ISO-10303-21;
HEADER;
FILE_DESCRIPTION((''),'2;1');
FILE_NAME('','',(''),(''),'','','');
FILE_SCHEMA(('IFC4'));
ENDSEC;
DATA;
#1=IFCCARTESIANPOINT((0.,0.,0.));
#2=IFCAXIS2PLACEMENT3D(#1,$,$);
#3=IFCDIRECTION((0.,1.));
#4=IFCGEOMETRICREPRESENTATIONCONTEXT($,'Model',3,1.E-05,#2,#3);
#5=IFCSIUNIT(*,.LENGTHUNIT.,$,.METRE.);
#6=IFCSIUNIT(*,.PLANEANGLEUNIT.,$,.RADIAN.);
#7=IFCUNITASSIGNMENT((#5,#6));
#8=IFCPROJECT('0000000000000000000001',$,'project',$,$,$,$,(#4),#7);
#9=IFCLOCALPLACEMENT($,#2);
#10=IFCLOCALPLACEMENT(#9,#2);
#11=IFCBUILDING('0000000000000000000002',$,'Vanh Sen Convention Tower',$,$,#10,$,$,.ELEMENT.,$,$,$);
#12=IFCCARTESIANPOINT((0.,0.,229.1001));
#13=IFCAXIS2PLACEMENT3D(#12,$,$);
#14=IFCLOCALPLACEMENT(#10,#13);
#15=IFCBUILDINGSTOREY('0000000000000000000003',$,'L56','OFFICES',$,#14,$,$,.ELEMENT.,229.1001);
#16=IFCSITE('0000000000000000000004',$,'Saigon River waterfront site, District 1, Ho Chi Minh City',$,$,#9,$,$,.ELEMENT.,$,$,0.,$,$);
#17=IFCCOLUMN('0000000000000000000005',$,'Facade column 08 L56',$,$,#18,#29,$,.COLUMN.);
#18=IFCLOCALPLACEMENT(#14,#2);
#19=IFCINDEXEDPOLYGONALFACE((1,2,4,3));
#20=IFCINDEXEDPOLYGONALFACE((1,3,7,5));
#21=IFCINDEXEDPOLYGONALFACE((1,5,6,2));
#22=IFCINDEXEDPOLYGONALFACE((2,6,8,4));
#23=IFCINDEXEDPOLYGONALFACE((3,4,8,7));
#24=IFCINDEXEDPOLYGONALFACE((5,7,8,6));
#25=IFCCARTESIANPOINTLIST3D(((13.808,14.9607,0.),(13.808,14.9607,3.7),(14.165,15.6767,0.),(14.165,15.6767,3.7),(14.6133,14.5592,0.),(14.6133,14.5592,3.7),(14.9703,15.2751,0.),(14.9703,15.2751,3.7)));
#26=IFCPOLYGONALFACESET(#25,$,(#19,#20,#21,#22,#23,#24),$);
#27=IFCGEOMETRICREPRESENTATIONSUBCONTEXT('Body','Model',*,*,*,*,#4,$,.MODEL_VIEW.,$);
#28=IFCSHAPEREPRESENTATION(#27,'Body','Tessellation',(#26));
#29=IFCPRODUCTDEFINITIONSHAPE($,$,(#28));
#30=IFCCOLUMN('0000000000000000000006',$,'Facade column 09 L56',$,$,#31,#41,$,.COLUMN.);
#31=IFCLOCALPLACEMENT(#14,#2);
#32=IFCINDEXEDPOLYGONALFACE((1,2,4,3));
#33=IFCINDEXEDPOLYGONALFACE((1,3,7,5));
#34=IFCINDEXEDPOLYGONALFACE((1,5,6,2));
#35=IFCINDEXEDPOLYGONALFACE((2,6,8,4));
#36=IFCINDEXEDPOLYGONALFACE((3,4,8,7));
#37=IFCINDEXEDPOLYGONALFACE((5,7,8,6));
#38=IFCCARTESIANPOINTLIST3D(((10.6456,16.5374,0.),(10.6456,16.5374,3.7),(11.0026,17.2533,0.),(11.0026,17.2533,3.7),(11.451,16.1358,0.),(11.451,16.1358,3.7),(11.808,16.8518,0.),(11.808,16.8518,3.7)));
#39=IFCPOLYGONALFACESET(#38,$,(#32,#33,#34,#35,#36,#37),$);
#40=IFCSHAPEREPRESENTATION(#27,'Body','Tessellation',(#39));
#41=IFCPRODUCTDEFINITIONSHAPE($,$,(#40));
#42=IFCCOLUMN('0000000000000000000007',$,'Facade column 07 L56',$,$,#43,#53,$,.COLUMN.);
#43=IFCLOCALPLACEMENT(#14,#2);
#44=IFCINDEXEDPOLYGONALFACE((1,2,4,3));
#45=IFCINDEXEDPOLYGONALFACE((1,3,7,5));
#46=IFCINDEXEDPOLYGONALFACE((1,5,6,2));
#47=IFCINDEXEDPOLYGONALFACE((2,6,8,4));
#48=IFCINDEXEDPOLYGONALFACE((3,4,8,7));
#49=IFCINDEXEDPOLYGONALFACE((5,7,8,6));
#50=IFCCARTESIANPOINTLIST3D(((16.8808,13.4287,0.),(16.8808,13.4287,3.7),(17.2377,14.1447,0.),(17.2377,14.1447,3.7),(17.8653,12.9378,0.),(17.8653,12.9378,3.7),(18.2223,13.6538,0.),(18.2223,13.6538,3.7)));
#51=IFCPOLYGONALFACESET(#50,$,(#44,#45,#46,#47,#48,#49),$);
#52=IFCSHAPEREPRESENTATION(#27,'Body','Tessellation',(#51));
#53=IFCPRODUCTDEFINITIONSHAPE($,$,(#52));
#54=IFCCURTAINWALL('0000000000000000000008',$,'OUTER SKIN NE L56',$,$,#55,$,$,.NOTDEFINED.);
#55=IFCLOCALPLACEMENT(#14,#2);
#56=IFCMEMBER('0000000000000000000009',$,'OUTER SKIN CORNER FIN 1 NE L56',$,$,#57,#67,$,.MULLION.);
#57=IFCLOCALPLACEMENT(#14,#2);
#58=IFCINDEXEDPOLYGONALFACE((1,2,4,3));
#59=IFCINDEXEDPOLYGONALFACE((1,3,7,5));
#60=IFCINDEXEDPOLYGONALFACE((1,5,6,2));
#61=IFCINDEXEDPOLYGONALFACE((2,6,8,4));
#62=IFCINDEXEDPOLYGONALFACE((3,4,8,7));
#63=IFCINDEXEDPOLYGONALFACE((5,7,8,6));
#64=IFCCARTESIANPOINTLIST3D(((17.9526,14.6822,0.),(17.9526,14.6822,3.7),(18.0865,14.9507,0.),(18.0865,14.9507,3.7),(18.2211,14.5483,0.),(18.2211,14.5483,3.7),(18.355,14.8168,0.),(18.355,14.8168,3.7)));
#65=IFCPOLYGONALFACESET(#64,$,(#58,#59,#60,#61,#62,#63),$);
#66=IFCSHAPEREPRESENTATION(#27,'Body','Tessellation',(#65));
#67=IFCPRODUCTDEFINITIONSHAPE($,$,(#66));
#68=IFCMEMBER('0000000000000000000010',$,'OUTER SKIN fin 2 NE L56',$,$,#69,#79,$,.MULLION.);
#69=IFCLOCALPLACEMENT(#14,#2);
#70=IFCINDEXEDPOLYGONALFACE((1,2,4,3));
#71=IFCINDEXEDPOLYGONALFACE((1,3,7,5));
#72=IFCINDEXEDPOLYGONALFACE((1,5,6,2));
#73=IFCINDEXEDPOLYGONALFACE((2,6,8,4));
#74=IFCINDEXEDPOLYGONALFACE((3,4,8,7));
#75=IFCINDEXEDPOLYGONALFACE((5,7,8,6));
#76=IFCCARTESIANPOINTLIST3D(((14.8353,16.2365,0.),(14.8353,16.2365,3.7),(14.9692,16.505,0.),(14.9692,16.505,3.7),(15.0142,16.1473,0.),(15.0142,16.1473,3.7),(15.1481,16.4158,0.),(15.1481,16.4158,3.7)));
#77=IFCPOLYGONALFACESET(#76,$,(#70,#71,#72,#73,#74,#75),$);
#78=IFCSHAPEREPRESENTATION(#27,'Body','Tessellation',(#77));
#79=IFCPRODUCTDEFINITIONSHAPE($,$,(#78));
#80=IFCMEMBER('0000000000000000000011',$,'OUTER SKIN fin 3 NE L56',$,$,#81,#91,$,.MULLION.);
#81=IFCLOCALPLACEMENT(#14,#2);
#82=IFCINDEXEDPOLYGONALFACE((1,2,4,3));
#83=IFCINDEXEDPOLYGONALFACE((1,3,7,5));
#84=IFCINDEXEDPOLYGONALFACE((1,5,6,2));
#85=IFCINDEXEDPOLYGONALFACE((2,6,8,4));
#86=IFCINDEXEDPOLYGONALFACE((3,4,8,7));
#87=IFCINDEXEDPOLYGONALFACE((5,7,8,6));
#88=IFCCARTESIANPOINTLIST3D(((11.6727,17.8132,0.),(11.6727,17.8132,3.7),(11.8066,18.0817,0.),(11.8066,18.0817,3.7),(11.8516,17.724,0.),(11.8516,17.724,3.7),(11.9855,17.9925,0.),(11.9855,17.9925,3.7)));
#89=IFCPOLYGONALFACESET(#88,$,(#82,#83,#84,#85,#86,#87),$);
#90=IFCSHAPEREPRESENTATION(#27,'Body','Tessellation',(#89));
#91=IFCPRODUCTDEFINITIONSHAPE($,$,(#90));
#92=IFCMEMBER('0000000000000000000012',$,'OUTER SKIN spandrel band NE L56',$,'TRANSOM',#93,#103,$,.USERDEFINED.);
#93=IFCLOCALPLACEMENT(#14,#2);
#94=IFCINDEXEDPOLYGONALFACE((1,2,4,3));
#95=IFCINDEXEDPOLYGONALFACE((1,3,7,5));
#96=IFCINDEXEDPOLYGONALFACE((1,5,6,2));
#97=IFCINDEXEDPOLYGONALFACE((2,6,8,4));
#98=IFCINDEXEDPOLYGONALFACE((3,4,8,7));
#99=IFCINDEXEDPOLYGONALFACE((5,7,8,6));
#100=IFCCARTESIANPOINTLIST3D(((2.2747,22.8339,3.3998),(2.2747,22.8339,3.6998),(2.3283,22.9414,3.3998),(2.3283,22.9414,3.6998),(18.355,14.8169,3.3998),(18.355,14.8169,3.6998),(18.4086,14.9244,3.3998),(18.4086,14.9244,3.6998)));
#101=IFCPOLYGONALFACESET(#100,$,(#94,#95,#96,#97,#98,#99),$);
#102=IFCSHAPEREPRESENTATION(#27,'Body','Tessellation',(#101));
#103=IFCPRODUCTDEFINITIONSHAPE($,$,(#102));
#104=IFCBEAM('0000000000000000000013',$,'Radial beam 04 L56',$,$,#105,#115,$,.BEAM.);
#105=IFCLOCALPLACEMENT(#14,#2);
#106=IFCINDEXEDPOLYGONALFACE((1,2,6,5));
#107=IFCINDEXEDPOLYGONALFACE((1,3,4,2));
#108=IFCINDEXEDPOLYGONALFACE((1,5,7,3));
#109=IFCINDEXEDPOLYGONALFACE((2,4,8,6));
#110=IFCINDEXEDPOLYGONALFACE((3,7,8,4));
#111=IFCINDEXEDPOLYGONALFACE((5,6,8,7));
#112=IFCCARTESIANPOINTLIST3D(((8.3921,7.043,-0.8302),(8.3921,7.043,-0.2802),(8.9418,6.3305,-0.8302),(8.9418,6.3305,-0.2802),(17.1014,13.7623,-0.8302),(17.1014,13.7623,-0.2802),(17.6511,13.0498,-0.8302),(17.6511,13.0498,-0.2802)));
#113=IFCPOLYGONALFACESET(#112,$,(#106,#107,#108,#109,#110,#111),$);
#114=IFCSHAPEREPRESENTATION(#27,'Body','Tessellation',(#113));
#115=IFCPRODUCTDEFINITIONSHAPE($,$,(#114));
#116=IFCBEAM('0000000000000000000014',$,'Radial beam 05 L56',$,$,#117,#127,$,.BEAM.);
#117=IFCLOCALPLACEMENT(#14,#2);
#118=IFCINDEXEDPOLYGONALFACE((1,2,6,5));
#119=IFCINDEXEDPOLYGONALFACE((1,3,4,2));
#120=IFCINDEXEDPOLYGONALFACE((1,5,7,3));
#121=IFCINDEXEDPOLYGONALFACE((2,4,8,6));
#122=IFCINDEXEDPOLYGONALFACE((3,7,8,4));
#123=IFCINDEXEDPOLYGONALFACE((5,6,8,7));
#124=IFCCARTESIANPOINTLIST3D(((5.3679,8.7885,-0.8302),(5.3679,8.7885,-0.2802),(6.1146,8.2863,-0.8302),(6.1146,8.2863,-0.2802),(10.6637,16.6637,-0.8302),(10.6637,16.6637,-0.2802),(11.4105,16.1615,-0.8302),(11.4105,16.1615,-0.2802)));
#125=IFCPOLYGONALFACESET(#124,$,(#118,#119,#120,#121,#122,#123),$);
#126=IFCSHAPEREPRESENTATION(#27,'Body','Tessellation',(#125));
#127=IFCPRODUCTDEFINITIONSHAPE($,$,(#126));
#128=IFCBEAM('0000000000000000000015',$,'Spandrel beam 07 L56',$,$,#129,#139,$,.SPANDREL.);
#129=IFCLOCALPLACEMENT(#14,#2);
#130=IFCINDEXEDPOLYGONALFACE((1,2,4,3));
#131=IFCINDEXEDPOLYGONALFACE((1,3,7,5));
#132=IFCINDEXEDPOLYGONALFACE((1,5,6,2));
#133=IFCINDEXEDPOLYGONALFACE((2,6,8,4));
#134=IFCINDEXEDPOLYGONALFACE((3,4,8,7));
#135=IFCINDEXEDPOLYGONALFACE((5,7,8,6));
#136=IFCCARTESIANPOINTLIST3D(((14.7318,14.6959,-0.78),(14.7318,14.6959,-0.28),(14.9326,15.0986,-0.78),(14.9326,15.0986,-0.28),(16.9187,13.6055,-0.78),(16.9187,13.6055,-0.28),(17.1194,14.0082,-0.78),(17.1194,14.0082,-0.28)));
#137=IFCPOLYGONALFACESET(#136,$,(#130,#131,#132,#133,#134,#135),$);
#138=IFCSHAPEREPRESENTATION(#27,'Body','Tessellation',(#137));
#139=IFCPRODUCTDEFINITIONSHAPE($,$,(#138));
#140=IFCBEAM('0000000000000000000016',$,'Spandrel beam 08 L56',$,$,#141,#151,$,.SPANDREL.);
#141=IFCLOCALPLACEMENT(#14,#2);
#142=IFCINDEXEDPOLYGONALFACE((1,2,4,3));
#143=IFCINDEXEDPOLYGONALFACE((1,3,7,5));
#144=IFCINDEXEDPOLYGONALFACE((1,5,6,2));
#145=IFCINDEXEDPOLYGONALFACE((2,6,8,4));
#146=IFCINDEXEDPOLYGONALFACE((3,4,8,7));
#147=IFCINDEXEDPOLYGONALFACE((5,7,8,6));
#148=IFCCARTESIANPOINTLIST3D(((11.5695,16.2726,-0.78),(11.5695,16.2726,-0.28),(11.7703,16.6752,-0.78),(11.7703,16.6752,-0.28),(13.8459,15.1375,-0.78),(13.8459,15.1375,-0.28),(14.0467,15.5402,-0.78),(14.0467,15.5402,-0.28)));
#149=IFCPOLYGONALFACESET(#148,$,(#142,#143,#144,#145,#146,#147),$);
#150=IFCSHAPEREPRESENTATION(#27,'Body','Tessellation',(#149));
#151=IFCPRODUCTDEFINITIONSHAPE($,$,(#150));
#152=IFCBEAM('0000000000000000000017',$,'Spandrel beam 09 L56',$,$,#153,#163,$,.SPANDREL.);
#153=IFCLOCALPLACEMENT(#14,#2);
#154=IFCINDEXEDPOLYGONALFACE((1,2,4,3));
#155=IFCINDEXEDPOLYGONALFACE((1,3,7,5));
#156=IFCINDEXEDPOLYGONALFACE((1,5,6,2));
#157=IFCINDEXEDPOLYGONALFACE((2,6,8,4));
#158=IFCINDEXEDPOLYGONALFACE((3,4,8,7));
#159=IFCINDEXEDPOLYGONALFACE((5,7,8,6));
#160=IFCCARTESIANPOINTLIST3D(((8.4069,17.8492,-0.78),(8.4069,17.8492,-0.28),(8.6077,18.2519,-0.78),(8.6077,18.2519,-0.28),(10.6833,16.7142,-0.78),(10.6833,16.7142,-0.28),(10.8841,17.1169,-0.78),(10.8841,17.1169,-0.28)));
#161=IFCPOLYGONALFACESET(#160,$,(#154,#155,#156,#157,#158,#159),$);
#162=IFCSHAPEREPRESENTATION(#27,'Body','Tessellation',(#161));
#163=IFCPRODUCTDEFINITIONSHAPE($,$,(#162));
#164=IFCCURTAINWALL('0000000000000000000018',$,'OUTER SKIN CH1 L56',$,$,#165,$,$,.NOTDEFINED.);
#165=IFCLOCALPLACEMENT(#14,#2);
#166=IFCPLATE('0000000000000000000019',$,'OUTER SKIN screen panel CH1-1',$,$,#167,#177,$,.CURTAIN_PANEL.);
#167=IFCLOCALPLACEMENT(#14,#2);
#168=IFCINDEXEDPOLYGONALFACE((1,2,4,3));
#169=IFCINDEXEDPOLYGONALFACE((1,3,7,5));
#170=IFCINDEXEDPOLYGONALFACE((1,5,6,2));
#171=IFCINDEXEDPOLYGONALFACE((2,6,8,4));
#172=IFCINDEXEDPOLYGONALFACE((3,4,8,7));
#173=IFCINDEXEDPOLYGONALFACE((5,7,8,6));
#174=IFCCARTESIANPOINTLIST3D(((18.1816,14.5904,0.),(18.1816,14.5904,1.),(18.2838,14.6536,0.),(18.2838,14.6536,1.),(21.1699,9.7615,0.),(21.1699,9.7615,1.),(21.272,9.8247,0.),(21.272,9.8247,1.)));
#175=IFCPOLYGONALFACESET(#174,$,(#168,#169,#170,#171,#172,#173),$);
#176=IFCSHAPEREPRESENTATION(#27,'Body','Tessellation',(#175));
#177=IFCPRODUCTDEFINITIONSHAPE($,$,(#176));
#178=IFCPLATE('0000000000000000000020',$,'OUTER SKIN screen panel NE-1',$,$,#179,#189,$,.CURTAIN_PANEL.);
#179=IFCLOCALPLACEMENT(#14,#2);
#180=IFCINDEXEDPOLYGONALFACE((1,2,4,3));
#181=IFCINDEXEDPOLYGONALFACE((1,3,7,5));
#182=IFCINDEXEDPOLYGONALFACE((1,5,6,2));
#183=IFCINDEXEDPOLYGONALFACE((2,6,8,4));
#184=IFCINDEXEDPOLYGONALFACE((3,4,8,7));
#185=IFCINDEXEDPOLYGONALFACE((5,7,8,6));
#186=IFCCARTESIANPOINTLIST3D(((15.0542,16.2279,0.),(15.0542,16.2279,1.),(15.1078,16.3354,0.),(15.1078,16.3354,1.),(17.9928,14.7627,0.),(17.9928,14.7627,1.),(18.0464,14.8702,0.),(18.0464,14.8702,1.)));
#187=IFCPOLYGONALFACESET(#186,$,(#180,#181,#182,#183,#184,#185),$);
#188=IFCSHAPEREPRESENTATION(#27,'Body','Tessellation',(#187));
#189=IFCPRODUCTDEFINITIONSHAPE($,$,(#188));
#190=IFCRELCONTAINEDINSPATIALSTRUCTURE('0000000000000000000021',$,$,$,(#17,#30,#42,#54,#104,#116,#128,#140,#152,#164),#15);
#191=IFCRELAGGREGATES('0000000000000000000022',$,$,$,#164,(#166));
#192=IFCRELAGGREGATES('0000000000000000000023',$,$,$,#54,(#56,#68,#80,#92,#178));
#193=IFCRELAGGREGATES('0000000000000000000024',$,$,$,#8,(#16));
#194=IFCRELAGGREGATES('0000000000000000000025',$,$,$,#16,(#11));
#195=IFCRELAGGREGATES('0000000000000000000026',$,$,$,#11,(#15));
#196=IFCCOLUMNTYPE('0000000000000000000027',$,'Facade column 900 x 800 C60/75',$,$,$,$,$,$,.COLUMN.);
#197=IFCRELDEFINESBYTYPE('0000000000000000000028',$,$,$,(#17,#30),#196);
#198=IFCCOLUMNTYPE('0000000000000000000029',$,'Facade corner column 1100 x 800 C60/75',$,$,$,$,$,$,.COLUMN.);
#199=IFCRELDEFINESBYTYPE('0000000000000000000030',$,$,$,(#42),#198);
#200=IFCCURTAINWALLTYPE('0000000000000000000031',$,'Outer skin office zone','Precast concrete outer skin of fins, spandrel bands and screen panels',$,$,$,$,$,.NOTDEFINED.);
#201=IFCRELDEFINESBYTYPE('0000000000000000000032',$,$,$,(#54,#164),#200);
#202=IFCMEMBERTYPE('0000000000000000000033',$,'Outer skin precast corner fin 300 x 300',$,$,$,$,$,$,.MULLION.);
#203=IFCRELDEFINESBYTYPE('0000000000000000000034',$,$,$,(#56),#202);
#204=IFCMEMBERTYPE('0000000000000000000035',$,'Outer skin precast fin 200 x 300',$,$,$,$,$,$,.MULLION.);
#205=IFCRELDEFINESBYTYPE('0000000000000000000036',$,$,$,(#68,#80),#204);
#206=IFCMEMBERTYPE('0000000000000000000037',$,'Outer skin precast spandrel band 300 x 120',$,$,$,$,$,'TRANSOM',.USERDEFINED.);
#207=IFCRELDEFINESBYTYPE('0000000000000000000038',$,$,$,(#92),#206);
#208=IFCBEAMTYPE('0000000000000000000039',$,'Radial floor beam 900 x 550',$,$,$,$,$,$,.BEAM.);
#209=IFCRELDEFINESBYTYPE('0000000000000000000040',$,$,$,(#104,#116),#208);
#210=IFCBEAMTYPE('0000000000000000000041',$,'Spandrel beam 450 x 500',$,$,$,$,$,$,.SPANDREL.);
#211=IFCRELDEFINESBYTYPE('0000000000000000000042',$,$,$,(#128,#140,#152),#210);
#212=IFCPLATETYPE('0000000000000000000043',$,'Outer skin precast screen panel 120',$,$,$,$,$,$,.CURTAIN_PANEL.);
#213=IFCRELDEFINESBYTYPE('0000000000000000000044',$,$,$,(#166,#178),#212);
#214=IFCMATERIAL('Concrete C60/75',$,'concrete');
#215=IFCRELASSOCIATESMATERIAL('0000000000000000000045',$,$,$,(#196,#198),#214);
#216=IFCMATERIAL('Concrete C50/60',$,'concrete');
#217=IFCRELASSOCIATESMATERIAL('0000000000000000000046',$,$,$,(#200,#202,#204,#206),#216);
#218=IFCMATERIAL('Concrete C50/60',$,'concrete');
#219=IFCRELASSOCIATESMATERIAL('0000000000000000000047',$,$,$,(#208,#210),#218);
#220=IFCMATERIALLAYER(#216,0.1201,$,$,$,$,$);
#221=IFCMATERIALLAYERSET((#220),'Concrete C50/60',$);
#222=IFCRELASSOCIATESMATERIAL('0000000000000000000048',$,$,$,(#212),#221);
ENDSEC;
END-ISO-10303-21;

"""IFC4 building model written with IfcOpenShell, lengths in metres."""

from ifc_helpers import new_model, si_unit, direction, frame, origin, origin_2d, place, context, subcontext, project, spatial, rectangle, extrude, material, layer, layer_set, material_profile, profile_set, type_object, element, aggregate, save


model = new_model("IFC4")

# Units and contexts
model_context = context("Model", 3, precision=1e-05, world=origin(), true_north=direction((0.0, 1.0)))
body_context = subcontext(model_context, "Body", "Model", "MODEL_VIEW")
ifc_project = project(units=[si_unit("LENGTHUNIT", "METRE"), si_unit("PLANEANGLEUNIT", "RADIAN")], contexts=[model_context])

# Site, building, storey
site_placement = place(None, origin())
site = spatial("IfcSite", under=ifc_project, at=site_placement, Name="Saigon River waterfront site, District 1, Ho Chi Minh City", CompositionType="ELEMENT", RefElevation=0.0)
building_placement = place(site_placement, origin())
building = spatial("IfcBuilding", under=site, at=building_placement, Name="Vanh Sen Convention Tower", CompositionType="ELEMENT")
storey_placement = place(building_placement, frame((0.0, 0.0, 229.1001)))
storey = spatial("IfcBuildingStorey", under=building, at=storey_placement, Name="L56", Description="OFFICES", CompositionType="ELEMENT", Elevation=229.1001)

# Columns
ifc_material_1 = material(Name="Concrete C60/75", Category="concrete")
ifc_material_profile_1 = material_profile(ifc_material_1, rectangle(XDim=0.8999, YDim=0.8, at=origin_2d()), Name="RC 900X800")
ifc_profile_set_1 = profile_set([ifc_material_profile_1], Name="Concrete C60/75")
column_type_1 = type_object("IfcColumnType", Name="Facade column 900 x 800 C60/75", PredefinedType="COLUMN", material=ifc_profile_set_1)
for number, where, z_axis, x_axis, name in (
    (1, (14.3892, 15.1179, 0.0), (0.0, 0.0, 1.0), (-0.894934, 0.446198, 0.0), "Facade column 08 L56"),
    (2, (11.2268, 16.6946, 0.0), (0.0, 0.0, 1.0), (-0.894934, 0.446198, 0.0), "Facade column 09 L56"),
):
    element("IfcColumn", number, at=place(storey_placement, frame(where, z_axis=z_axis, x_axis=x_axis)), inside=storey, type_object=column_type_1, Name=name, PredefinedType="COLUMN", context=body_context, shape_type="SweptSolid", body=[
        extrude(rectangle(XDim=0.8999, YDim=0.8, at=origin_2d()), origin(), (0.0, 0.0, 1.0), 3.7),
    ])
ifc_material_profile_2 = material_profile(ifc_material_1, rectangle(XDim=1.1001, YDim=0.8, at=origin_2d()), Name="RC 1100X800")
ifc_profile_set_2 = profile_set([ifc_material_profile_2], Name="Concrete C60/75")
column_type_2 = type_object("IfcColumnType", Name="Facade corner column 1100 x 800 C60/75", PredefinedType="COLUMN", material=ifc_profile_set_2)
column_placement = place(storey_placement, frame((17.5515, 13.5413, 0.0), z_axis=(0.0, 0.0, 1.0), x_axis=(-0.894934, 0.446198, 0.0)))
element("IfcColumn", 3, at=column_placement, inside=storey, type_object=column_type_2, Name="Facade column 07 L56", PredefinedType="COLUMN", context=body_context, shape_type="SweptSolid", body=[
    extrude(rectangle(XDim=1.1001, YDim=0.8, at=origin_2d()), origin(), (0.0, 0.0, 1.0), 3.7),
])

# Curtain wall, members
ifc_material_2 = material(Name="Concrete C50/60", Category="concrete")
curtain_wall_type = type_object("IfcCurtainWallType", Name="Outer skin office zone", Description="Precast concrete outer skin of fins, spandrel bands and screen panels", PredefinedType="NOTDEFINED", material=ifc_material_2)
curtain_wall_1_placement = place(storey_placement, origin())
curtain_wall_1 = element("IfcCurtainWall", 4, at=curtain_wall_1_placement, inside=storey, type_object=curtain_wall_type, Name="OUTER SKIN NE L56", PredefinedType="NOTDEFINED")
ifc_material_profile_3 = material_profile(ifc_material_2, rectangle(XDim=0.3, YDim=0.3, at=origin_2d()), Name="Outer skin precast corner fin 300 x 300")
ifc_profile_set_3 = profile_set([ifc_material_profile_3], Name="Concrete C50/60")
member_type_1 = type_object("IfcMemberType", Name="Outer skin precast corner fin 300 x 300", PredefinedType="MULLION", material=ifc_profile_set_3)
member_1_placement = place(storey_placement, frame((18.1538, 14.7495, 0.0), z_axis=(0.0, 0.0, 1.0), x_axis=(-0.894934, 0.446198, 0.0)))
member_1 = element("IfcMember", 5, at=member_1_placement, type_object=member_type_1, Name="OUTER SKIN CORNER FIN 1 NE L56", PredefinedType="MULLION", context=body_context, shape_type="SweptSolid", body=[
    extrude(rectangle(XDim=0.3, YDim=0.3, at=origin_2d()), origin(), (0.0, 0.0, 1.0), 3.7),
])
ifc_material_profile_4 = material_profile(ifc_material_2, rectangle(XDim=0.2, YDim=0.3, at=origin_2d()), Name="Outer skin precast fin 200 x 300")
ifc_profile_set_4 = profile_set([ifc_material_profile_4], Name="Concrete C50/60")
member_type_2 = type_object("IfcMemberType", Name="Outer skin precast fin 200 x 300", PredefinedType="MULLION", material=ifc_profile_set_4)
member_2_placement = place(storey_placement, frame((14.9917, 16.3262, 0.0), z_axis=(0.0, 0.0, 1.0), x_axis=(-0.894934, 0.446198, 0.0)))
member_2 = element("IfcMember", 6, at=member_2_placement, type_object=member_type_2, Name="OUTER SKIN fin 2 NE L56", PredefinedType="MULLION", context=body_context, shape_type="SweptSolid", body=[
    extrude(rectangle(XDim=0.2, YDim=0.3, at=origin_2d()), origin(), (0.0, 0.0, 1.0), 3.7),
])
member_3_placement = place(storey_placement, frame((11.8291, 17.9028, 0.0), z_axis=(0.0, 0.0, 1.0), x_axis=(-0.894934, 0.446198, 0.0)))
member_3 = element("IfcMember", 7, at=member_3_placement, type_object=member_type_2, Name="OUTER SKIN fin 3 NE L56", PredefinedType="MULLION", context=body_context, shape_type="SweptSolid", body=[
    extrude(rectangle(XDim=0.2, YDim=0.3, at=origin_2d()), origin(), (0.0, 0.0, 1.0), 3.7),
])
ifc_material_profile_5 = material_profile(ifc_material_2, rectangle(XDim=0.1201, YDim=0.3, at=origin_2d()), Name="Outer skin precast spandrel band 300 x 120")
ifc_profile_set_5 = profile_set([ifc_material_profile_5], Name="Concrete C50/60")
member_type_3 = type_object("IfcMemberType", Name="Outer skin precast spandrel band 300 x 120", ElementType="TRANSOM", PredefinedType="USERDEFINED", material=ifc_profile_set_5)
member_4_placement = place(storey_placement, frame((18.3818, 14.8706, 3.5498), z_axis=(-0.89494, 0.446186, 0.0), x_axis=(-0.446186, -0.89494, 0.0)))
member_4 = element("IfcMember", 8, at=member_4_placement, type_object=member_type_3, Name="OUTER SKIN spandrel band NE L56", ObjectType="TRANSOM", PredefinedType="USERDEFINED", context=body_context, shape_type="SweptSolid", body=[
    extrude(rectangle(XDim=0.1201, YDim=0.3, at=origin_2d()), origin(), (0.0, 0.0, 1.0), 17.968),
])

# Beams
ifc_material_3 = material(Name="Concrete C50/60", Category="concrete")
ifc_material_profile_6 = material_profile(ifc_material_3, rectangle(XDim=0.8999, YDim=0.55, at=origin_2d()), Name="RC 900X550")
ifc_profile_set_6 = profile_set([ifc_material_profile_6], Name="Concrete C50/60")
beam_type_1 = type_object("IfcBeamType", Name="Radial floor beam 900 x 550", PredefinedType="BEAM", material=ifc_profile_set_6)
beam_1_placement = place(storey_placement, frame((17.3762, 13.406, -0.5552), z_axis=(-0.791752, -0.610843, 0.0), x_axis=(0.610843, -0.791752, 0.0)))
element("IfcBeam", 9, at=beam_1_placement, inside=storey, type_object=beam_type_1, Name="Radial beam 04 L56", PredefinedType="BEAM", context=body_context, shape_type="SweptSolid", body=[
    extrude(rectangle(XDim=0.8999, YDim=0.55, at=origin_2d()), origin(), (0.0, 0.0, 1.0), 11.0),
])
beam_2_placement = place(storey_placement, frame((11.0371, 16.4126, -0.5552), z_axis=(-0.558032, -0.829819, 0.0), x_axis=(0.829819, -0.558032, 0.0)))
element("IfcBeam", 10, at=beam_2_placement, inside=storey, type_object=beam_type_1, Name="Radial beam 05 L56", PredefinedType="BEAM", context=body_context, shape_type="SweptSolid", body=[
    extrude(rectangle(XDim=0.8999, YDim=0.55, at=origin_2d()), origin(), (0.0, 0.0, 1.0), 9.4902),
])
ifc_material_profile_7 = material_profile(ifc_material_3, rectangle(XDim=0.45, YDim=0.5, at=origin_2d()), Name="RC 450X500")
ifc_profile_set_7 = profile_set([ifc_material_profile_7], Name="Concrete C50/60")
beam_type_2 = type_object("IfcBeamType", Name="Spandrel beam 450 x 500", PredefinedType="SPANDREL", material=ifc_profile_set_7)
beam_3_placement = place(storey_placement, frame((17.019, 13.8069, -0.53), z_axis=(-0.894926, 0.446214, 0.0), x_axis=(-0.446214, -0.894926, 0.0)))
element("IfcBeam", 11, at=beam_3_placement, inside=storey, type_object=beam_type_2, Name="Spandrel beam 07 L56", PredefinedType="SPANDREL", context=body_context, shape_type="SweptSolid", body=[
    extrude(rectangle(XDim=0.45, YDim=0.5, at=origin_2d()), origin(), (0.0, 0.0, 1.0), 2.4436),
])
for number, where, z_axis, x_axis, name in (
    (12, (13.9463, 15.3389, -0.53), (-0.894926, 0.446215, 0.0), (-0.446215, -0.894926, 0.0), "Spandrel beam 08 L56"),
    (13, (10.7837, 16.9155, -0.53), (-0.894926, 0.446215, 0.0), (-0.446215, -0.894926, 0.0), "Spandrel beam 09 L56"),
):
    element("IfcBeam", number, at=place(storey_placement, frame(where, z_axis=z_axis, x_axis=x_axis)), inside=storey, type_object=beam_type_2, Name=name, PredefinedType="SPANDREL", context=body_context, shape_type="SweptSolid", body=[
        extrude(rectangle(XDim=0.45, YDim=0.5, at=origin_2d()), origin(), (0.0, 0.0, 1.0), 2.5437),
    ])

# Curtain wall, plate
curtain_wall_2_placement = place(storey_placement, origin())
curtain_wall_2 = element("IfcCurtainWall", 14, at=curtain_wall_2_placement, inside=storey, type_object=curtain_wall_type, Name="OUTER SKIN CH1 L56", PredefinedType="NOTDEFINED")
ifc_layer_1 = layer(ifc_material_2, 0.1201)
ifc_layer_set_1 = layer_set([ifc_layer_1], Name="Concrete C50/60")
plate_type = type_object("IfcPlateType", Name="Outer skin precast screen panel 120", PredefinedType="CURTAIN_PANEL", material=ifc_layer_set_1)
plate_1_placement = place(storey_placement, frame((19.7268, 12.2075, 0.0), z_axis=(0.0, 0.0, 1.0), x_axis=(-0.526217, 0.85035, 0.0)))
plate_1 = element("IfcPlate", 15, at=plate_1_placement, type_object=plate_type, Name="OUTER SKIN screen panel CH1-1", PredefinedType="CURTAIN_PANEL", context=body_context, shape_type="SweptSolid", body=[
    extrude(rectangle(XDim=5.6787, YDim=0.1201, at=origin_2d()), origin(), (0.0, 0.0, 1.0), 1.0),
])
aggregate(curtain_wall_2, [plate_1])

# Plate
plate_2_placement = place(storey_placement, frame((16.5503, 15.5491, 0.0), z_axis=(0.0, 0.0, 1.0), x_axis=(-0.89493, 0.446206, 0.0)))
plate_2 = element("IfcPlate", 16, at=plate_2_placement, type_object=plate_type, Name="OUTER SKIN screen panel NE-1", PredefinedType="CURTAIN_PANEL", context=body_context, shape_type="SweptSolid", body=[
    extrude(rectangle(XDim=3.2837, YDim=0.1201, at=origin_2d()), origin(), (0.0, 0.0, 1.0), 1.0),
])
aggregate(curtain_wall_1, [member_1, member_2, member_3, member_4, plate_2])

save(model, "model.ifc")
